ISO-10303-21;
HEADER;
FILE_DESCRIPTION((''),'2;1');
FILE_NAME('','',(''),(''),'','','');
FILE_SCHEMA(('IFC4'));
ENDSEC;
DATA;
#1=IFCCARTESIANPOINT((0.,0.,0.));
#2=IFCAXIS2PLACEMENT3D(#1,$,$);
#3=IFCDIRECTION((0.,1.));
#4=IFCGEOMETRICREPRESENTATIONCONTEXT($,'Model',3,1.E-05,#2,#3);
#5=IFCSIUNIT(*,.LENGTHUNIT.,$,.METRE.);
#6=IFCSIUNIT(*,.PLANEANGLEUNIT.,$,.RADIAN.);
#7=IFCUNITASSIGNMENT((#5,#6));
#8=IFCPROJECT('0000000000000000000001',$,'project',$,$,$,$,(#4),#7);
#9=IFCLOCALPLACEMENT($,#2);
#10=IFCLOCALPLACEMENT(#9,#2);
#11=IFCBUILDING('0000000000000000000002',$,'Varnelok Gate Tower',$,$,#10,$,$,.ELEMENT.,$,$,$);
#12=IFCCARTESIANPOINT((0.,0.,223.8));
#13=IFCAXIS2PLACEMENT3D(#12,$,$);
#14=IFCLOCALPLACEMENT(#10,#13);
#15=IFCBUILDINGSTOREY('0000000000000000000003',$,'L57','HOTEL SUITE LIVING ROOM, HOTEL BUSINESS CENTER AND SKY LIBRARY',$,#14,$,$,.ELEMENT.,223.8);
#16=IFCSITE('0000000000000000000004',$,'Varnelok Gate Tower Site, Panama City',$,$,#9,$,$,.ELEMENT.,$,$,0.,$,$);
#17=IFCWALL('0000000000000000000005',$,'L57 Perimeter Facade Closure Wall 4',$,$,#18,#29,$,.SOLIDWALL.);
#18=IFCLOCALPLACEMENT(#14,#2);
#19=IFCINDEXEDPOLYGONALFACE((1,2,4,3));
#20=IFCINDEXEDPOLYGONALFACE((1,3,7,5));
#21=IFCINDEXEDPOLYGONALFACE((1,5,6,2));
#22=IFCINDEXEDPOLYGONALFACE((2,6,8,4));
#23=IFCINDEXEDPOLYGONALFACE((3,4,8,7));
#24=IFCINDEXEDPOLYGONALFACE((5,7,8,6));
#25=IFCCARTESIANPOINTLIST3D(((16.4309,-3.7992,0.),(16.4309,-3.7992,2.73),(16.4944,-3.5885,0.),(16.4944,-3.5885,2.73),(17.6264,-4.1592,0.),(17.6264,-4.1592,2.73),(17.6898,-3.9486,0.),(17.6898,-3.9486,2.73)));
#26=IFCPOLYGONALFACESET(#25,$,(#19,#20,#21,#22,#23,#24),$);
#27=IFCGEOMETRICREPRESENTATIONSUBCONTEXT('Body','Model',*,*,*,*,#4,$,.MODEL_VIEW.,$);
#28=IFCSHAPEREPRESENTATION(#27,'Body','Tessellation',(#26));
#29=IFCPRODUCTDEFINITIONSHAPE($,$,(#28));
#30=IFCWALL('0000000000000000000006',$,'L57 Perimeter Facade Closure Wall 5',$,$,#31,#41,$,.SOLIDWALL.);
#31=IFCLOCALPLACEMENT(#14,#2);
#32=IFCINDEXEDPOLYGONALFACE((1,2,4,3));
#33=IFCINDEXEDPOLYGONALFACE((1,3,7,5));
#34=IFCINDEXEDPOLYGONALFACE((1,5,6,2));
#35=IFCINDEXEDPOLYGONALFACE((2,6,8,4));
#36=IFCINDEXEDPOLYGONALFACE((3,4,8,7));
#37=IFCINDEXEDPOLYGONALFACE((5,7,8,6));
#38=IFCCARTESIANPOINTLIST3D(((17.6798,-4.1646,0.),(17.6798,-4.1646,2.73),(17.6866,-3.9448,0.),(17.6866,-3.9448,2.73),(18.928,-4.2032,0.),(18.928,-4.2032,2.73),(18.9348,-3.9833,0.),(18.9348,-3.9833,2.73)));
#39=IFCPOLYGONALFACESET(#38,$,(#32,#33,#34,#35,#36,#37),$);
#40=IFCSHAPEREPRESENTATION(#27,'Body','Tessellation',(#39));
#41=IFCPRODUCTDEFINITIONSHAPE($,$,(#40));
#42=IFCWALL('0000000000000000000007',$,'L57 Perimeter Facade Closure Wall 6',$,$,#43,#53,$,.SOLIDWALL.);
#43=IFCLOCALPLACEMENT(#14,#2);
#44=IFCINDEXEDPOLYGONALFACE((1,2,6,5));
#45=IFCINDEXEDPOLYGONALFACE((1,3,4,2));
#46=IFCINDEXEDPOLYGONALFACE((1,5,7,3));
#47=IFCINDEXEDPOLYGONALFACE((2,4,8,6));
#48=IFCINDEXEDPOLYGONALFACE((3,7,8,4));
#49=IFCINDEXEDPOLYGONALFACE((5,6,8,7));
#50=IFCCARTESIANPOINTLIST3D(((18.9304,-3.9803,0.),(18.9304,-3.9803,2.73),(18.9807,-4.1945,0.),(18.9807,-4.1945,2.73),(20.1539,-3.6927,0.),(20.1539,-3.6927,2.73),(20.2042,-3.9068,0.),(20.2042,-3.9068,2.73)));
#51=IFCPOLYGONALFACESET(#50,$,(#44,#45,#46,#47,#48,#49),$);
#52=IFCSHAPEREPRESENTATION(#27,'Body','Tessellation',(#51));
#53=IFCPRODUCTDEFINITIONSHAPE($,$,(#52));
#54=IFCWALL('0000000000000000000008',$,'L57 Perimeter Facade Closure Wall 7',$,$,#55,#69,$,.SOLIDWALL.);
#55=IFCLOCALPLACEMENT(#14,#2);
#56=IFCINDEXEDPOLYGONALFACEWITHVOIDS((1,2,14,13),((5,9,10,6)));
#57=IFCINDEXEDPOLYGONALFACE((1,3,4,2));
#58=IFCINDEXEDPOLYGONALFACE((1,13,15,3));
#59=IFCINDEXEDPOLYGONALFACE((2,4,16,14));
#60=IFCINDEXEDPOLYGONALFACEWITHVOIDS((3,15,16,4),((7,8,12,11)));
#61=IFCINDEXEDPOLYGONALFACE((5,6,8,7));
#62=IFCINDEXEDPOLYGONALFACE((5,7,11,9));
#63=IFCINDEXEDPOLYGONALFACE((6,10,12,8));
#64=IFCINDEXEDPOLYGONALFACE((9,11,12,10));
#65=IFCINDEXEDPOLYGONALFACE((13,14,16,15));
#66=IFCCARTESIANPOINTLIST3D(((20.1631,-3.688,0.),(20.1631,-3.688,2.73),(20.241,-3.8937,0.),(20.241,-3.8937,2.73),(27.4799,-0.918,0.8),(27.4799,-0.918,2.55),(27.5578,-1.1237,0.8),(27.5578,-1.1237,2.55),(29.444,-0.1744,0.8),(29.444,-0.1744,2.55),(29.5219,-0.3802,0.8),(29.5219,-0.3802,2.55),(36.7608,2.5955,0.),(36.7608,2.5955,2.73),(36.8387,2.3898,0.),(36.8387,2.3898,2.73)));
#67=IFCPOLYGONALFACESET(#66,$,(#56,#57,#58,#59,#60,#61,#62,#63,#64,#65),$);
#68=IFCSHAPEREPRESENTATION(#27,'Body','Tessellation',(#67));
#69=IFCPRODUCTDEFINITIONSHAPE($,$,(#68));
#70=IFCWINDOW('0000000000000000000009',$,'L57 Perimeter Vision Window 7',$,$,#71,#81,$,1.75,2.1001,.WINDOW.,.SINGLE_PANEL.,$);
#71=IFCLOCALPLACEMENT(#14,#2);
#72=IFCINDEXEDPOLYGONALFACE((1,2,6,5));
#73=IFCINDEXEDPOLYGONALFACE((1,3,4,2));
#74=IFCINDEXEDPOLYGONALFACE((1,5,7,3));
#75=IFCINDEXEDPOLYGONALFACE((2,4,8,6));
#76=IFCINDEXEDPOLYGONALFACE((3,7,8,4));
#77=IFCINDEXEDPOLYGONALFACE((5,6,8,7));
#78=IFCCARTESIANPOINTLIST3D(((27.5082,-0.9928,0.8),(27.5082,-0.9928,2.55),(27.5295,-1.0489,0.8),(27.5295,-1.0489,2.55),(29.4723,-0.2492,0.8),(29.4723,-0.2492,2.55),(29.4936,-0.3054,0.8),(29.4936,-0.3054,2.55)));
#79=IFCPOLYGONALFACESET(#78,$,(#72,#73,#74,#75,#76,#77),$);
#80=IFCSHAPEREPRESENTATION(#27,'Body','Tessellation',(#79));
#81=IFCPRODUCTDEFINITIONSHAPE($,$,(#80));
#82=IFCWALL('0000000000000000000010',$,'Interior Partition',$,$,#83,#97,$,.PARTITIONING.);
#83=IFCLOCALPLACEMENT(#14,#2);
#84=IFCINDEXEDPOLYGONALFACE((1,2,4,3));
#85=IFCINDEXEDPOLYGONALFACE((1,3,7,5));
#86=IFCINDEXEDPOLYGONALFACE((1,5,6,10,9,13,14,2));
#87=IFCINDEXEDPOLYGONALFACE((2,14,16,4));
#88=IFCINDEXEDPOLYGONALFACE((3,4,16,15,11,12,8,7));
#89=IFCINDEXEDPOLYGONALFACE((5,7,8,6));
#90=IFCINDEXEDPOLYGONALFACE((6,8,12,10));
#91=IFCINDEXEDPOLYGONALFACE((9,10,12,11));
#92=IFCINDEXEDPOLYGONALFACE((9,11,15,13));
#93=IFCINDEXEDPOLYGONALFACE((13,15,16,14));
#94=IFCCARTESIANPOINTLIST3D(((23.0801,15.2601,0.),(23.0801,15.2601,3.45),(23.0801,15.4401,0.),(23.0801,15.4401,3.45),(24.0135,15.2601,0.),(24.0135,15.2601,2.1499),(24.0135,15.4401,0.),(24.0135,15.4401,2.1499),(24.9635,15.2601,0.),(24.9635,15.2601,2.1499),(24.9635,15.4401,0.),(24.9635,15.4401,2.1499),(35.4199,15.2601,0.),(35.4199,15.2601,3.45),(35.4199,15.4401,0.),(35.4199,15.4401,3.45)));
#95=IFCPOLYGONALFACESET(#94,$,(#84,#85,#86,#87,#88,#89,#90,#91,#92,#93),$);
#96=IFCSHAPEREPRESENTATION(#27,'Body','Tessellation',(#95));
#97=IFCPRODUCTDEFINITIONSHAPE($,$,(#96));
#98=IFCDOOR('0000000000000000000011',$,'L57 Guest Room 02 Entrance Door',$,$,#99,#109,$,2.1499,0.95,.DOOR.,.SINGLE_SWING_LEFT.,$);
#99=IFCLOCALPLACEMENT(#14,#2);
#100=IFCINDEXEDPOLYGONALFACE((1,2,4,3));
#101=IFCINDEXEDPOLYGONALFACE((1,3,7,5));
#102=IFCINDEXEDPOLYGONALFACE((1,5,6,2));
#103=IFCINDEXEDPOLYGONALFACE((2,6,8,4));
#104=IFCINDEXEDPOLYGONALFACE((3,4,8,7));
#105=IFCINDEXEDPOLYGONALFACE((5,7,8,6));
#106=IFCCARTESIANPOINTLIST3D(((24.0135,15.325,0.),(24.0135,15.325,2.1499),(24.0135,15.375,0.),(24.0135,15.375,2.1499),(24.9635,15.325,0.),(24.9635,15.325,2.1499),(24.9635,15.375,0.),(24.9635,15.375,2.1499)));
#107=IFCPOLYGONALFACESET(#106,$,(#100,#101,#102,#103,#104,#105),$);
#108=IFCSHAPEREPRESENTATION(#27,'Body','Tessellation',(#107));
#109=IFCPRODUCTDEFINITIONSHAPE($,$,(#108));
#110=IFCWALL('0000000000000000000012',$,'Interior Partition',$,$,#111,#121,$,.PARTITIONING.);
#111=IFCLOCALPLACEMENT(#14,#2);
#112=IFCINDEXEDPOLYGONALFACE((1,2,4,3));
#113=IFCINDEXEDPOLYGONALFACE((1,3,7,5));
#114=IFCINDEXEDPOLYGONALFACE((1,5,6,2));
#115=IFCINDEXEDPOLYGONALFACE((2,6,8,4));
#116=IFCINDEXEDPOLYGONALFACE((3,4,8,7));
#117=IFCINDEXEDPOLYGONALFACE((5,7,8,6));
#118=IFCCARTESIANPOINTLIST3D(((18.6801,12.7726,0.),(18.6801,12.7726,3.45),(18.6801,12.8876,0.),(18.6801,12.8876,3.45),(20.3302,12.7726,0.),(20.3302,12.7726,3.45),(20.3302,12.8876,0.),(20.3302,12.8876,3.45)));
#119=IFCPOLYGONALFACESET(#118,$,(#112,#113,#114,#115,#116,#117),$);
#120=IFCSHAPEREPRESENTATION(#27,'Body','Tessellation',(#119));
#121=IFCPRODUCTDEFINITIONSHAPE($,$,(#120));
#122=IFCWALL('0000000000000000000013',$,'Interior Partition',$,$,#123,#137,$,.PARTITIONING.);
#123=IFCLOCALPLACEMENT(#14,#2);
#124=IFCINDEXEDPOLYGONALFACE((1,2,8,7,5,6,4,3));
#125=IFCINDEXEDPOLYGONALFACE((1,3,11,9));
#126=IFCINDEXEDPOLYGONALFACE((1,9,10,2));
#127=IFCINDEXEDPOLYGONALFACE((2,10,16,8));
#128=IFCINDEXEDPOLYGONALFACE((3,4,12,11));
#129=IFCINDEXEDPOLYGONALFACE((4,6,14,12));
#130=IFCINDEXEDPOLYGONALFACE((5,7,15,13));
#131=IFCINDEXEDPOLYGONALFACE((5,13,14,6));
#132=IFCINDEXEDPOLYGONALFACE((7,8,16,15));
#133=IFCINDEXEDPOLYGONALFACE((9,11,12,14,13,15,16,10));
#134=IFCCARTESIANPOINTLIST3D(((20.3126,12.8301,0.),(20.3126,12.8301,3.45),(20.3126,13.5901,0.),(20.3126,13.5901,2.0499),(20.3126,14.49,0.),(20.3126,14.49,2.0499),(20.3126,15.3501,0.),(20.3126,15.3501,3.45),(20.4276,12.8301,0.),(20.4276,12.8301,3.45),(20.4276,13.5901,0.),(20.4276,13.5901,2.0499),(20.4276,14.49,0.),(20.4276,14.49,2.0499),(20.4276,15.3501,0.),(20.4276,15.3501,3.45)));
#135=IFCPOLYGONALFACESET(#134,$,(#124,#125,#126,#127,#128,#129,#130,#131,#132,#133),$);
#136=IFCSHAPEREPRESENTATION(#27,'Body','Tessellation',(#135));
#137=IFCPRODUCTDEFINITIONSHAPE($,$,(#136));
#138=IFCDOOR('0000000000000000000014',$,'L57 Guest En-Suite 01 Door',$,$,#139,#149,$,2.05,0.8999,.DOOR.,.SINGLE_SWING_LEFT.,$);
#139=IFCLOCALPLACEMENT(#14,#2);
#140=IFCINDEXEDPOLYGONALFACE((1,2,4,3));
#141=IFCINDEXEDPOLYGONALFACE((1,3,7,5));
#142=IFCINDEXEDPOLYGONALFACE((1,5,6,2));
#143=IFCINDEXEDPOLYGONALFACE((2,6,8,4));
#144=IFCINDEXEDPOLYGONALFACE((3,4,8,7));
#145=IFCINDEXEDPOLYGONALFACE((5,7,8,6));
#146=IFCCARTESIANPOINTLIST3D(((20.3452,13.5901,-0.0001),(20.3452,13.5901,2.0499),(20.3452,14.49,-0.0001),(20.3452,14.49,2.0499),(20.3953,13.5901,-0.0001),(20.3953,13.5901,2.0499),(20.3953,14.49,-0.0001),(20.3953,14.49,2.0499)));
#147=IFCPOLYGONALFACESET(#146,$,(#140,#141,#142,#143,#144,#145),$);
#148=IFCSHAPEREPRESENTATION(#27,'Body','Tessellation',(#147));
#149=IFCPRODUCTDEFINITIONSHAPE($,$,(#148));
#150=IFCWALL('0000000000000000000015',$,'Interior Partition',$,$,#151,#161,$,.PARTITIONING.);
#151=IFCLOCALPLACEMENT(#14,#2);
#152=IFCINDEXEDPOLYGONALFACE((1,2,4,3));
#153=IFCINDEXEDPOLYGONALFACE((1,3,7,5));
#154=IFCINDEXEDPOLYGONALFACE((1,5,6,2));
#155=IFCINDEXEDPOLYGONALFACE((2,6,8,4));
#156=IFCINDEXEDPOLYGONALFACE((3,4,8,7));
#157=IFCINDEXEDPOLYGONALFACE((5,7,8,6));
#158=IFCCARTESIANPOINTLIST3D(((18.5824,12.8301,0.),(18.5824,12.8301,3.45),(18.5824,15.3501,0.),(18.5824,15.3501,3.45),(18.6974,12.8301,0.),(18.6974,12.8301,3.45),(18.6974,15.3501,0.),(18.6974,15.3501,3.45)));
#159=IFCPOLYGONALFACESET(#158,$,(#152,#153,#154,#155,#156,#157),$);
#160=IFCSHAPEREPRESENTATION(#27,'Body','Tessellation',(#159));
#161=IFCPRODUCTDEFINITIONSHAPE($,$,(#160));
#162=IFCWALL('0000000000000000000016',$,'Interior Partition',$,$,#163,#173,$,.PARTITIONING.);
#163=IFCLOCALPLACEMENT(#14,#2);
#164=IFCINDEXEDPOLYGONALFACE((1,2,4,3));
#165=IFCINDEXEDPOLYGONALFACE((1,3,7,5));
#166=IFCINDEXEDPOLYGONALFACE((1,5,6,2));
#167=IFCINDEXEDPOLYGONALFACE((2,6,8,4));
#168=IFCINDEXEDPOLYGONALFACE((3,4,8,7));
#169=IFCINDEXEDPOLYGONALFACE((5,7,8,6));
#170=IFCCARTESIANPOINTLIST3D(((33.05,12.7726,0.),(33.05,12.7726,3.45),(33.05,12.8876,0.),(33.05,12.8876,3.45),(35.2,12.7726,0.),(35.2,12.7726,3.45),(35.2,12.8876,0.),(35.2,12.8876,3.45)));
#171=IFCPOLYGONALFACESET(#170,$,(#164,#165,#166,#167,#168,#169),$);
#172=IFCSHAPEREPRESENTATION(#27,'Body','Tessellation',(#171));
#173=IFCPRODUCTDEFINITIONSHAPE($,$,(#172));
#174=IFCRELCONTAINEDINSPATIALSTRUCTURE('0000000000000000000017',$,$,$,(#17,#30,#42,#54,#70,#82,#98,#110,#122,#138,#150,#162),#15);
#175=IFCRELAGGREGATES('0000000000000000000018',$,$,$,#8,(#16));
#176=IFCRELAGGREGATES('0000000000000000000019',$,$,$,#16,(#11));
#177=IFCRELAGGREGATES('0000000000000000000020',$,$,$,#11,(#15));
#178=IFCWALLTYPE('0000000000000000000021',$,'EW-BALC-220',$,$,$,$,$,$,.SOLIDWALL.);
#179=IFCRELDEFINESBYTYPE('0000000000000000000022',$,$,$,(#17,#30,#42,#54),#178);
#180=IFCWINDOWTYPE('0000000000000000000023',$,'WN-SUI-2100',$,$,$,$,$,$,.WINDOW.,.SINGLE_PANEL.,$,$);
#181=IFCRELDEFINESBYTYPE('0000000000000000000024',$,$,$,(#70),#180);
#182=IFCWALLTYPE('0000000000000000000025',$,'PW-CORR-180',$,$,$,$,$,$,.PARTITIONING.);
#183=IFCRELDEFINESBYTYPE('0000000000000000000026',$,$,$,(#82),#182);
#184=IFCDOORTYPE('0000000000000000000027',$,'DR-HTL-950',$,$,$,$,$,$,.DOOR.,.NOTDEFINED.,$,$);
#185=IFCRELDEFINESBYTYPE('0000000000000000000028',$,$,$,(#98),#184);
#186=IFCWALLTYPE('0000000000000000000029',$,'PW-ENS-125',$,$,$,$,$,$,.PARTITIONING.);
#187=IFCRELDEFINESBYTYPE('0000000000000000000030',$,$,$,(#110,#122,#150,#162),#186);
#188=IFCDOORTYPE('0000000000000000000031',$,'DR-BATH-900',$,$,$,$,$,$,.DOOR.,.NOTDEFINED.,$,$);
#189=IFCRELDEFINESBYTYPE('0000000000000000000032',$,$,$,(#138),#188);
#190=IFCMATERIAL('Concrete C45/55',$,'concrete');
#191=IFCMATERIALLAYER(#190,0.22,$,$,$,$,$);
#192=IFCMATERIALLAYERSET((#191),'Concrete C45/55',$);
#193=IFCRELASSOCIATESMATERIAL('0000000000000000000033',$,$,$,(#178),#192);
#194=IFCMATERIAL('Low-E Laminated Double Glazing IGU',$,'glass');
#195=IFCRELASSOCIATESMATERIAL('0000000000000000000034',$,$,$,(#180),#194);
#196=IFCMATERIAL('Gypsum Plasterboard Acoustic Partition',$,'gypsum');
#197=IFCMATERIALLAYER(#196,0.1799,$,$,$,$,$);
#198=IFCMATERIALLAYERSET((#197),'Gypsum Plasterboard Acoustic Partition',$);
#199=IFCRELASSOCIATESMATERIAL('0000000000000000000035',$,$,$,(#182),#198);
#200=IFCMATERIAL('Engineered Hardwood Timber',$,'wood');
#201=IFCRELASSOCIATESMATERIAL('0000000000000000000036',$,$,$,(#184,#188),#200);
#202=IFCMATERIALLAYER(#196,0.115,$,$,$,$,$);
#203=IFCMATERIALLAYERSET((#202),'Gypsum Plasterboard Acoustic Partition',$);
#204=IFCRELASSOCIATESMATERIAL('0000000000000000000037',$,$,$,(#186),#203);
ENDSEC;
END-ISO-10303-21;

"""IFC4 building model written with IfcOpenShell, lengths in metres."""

from ifc_helpers import new_model, si_unit, direction, frame, frame_2d, origin, place, context, subcontext, project, spatial, rectangle, extrude, material, layer, layer_set, type_object, element, fill, save


model = new_model("IFC4")

# Units and contexts
model_context = context("Model", 3, precision=1e-05, world=origin(), true_north=direction((0.0, 1.0)))
body_context = subcontext(model_context, "Body", "Model", "MODEL_VIEW")
ifc_project = project(units=[si_unit("LENGTHUNIT", "METRE"), si_unit("PLANEANGLEUNIT", "RADIAN")], contexts=[model_context])

# Site, building, storey
site_placement = place(None, origin())
site = spatial("IfcSite", under=ifc_project, at=site_placement, Name="Varnelok Gate Tower Site, Panama City", CompositionType="ELEMENT", RefElevation=0.0)
building_placement = place(site_placement, origin())
building = spatial("IfcBuilding", under=site, at=building_placement, Name="Varnelok Gate Tower", CompositionType="ELEMENT")
storey_placement = place(building_placement, frame((0.0, 0.0, 223.8)))
storey = spatial("IfcBuildingStorey", under=building, at=storey_placement, Name="L57", Description="HOTEL SUITE LIVING ROOM, HOTEL BUSINESS CENTER AND SKY LIBRARY", CompositionType="ELEMENT", Elevation=223.8)

# Walls
ifc_material_1 = material(Name="Concrete C45/55", Category="concrete")
ifc_layer_1 = layer(ifc_material_1, 0.22)
ifc_layer_set_1 = layer_set([ifc_layer_1], Name="Concrete C45/55")
wall_type_1 = type_object("IfcWallType", Name="EW-BALC-220", PredefinedType="SOLIDWALL", material=ifc_layer_set_1)
wall_1_placement = place(storey_placement, frame((16.4626, -3.6938, 0.0), z_axis=(0.0, 0.0, 1.0), x_axis=(0.957508, -0.288406, 0.0)))
element("IfcWall", 1, at=wall_1_placement, inside=storey, type_object=wall_type_1, Name="L57 Perimeter Facade Closure Wall 4", PredefinedType="SOLIDWALL", context=body_context, shape_type="SweptSolid", body=[
    extrude(rectangle(XDim=1.2485, YDim=0.22, at=frame_2d((0.6243, 0.0))), origin(), (0.0, 0.0, 1.0), 2.73),
])
wall_2_placement = place(storey_placement, frame((17.6831, -4.0547, 0.0), z_axis=(0.0, 0.0, 1.0), x_axis=(0.999523, -0.030887, 0.0)))
element("IfcWall", 2, at=wall_2_placement, inside=storey, type_object=wall_type_1, Name="L57 Perimeter Facade Closure Wall 5", PredefinedType="SOLIDWALL", context=body_context, shape_type="SweptSolid", body=[
    extrude(rectangle(XDim=1.2488, YDim=0.22, at=frame_2d((0.6245, 0.0))), origin(), (0.0, 0.0, 1.0), 2.73),
])
wall_3_placement = place(storey_placement, frame((18.9556, -4.0874, 0.0), z_axis=(0.0, 0.0, 1.0), x_axis=(0.973463, 0.228844, 0.0)))
element("IfcWall", 3, at=wall_3_placement, inside=storey, type_object=wall_type_1, Name="L57 Perimeter Facade Closure Wall 6", PredefinedType="SOLIDWALL", context=body_context, shape_type="SweptSolid", body=[
    extrude(rectangle(XDim=1.2568, YDim=0.22, at=frame_2d((0.6284, 0.0))), origin(), (0.0, 0.0, 1.0), 2.73),
])

# Wall, opening, window
wall_4_placement = place(storey_placement, frame((20.2021, -3.7908, 0.0), z_axis=(0.0, 0.0, 1.0), x_axis=(0.935226, 0.354052, 0.0)))
wall_4 = element("IfcWall", 4, at=wall_4_placement, inside=storey, type_object=wall_type_1, Name="L57 Perimeter Facade Closure Wall 7", PredefinedType="SOLIDWALL", context=body_context, shape_type="SweptSolid", body=[
    extrude(rectangle(XDim=17.7473, YDim=0.22, at=frame_2d((8.8735, 0.0))), origin(), (0.0, 0.0, 1.0), 2.73),
])
opening_1_placement = place(wall_4_placement, frame((7.8235, 0.0, 0.8)))
opening_1 = element("IfcOpeningElement", 5, at=opening_1_placement, cuts=wall_4, PredefinedType="OPENING", context=body_context, shape_type="SweptSolid", body=[
    extrude(rectangle(XDim=2.1001, YDim=1.75, at=frame_2d((1.05, 0.875))), frame((0.0, 0.1199, 0.0), z_axis=(0.0, -1.0, 0.0), x_axis=(1.0, 0.0, 0.0)), (0.0, 0.0, 1.0), 0.24),
])
ifc_material_2 = material(Name="Low-E Laminated Double Glazing IGU", Category="glass")
window_type = type_object("IfcWindowType", Name="WN-SUI-2100", PartitioningType="SINGLE_PANEL", PredefinedType="WINDOW", material=ifc_material_2)
window_placement = place(opening_1_placement, origin())
window = element("IfcWindow", 6, at=window_placement, inside=storey, type_object=window_type, Name="L57 Perimeter Vision Window 7", OverallHeight=1.75, OverallWidth=2.1001, PartitioningType="SINGLE_PANEL", PredefinedType="WINDOW", context=body_context, shape_type="SweptSolid", body=[
    extrude(rectangle(XDim=2.1001, YDim=1.75, at=frame_2d((1.05, 0.875))), frame((0.0, 0.03, 0.0), z_axis=(0.0, -1.0, 0.0), x_axis=(1.0, 0.0, 0.0)), (0.0, 0.0, 1.0), 0.0601),
])
fill(opening_1, window)

# Wall, opening, door
ifc_material_3 = material(Name="Gypsum Plasterboard Acoustic Partition", Category="gypsum")
ifc_layer_2 = layer(ifc_material_3, 0.1799)
ifc_layer_set_2 = layer_set([ifc_layer_2], Name="Gypsum Plasterboard Acoustic Partition")
wall_type_2 = type_object("IfcWallType", Name="PW-CORR-180", PredefinedType="PARTITIONING", material=ifc_layer_set_2)
wall_5_placement = place(storey_placement, frame((23.0801, 15.3501, 0.0), z_axis=(0.0, 0.0, 1.0), x_axis=(1.0, 0.0, 0.0)))
wall_5 = element("IfcWall", 7, at=wall_5_placement, inside=storey, type_object=wall_type_2, Name="Interior Partition", PredefinedType="PARTITIONING", context=body_context, shape_type="SweptSolid", body=[
    extrude(rectangle(XDim=12.3398, YDim=0.1799, at=frame_2d((6.1699, 0.0))), origin(), (0.0, 0.0, 1.0), 3.45),
])
opening_2_placement = place(wall_5_placement, frame((0.9333, 0.0, 0.0)))
opening_2 = element("IfcOpeningElement", 8, at=opening_2_placement, cuts=wall_5, PredefinedType="OPENING", context=body_context, shape_type="SweptSolid", body=[
    extrude(rectangle(XDim=0.95, YDim=2.1499, at=frame_2d((0.4751, 1.075))), frame((0.0, 0.0999, 0.0), z_axis=(0.0, -1.0, 0.0), x_axis=(1.0, 0.0, 0.0)), (0.0, 0.0, 1.0), 0.2),
])
ifc_material_4 = material(Name="Engineered Hardwood Timber", Category="wood")
door_type_1 = type_object("IfcDoorType", Name="DR-HTL-950", OperationType="NOTDEFINED", PredefinedType="DOOR", material=ifc_material_4)
door_1_placement = place(opening_2_placement, origin())
door_1 = element("IfcDoor", 9, at=door_1_placement, inside=storey, type_object=door_type_1, Name="L57 Guest Room 02 Entrance Door", OperationType="SINGLE_SWING_LEFT", OverallHeight=2.1499, OverallWidth=0.95, PredefinedType="DOOR", context=body_context, shape_type="SweptSolid", body=[
    extrude(rectangle(XDim=0.95, YDim=2.1499, at=frame_2d((0.4751, 1.075))), frame((0.0, 0.0249, 0.0), z_axis=(0.0, -1.0, 0.0), x_axis=(1.0, 0.0, 0.0)), (0.0, 0.0, 1.0), 0.05),
])
fill(opening_2, door_1)

# Wall
ifc_layer_3 = layer(ifc_material_3, 0.115)
ifc_layer_set_3 = layer_set([ifc_layer_3], Name="Gypsum Plasterboard Acoustic Partition")
wall_type_3 = type_object("IfcWallType", Name="PW-ENS-125", PredefinedType="PARTITIONING", material=ifc_layer_set_3)
wall_6_placement = place(storey_placement, frame((18.6799, 12.8301, 0.0), z_axis=(0.0, 0.0, 1.0), x_axis=(1.0, 0.0, 0.0)))
element("IfcWall", 10, at=wall_6_placement, inside=storey, type_object=wall_type_3, Name="Interior Partition", PredefinedType="PARTITIONING", context=body_context, shape_type="SweptSolid", body=[
    extrude(rectangle(XDim=1.6501, YDim=0.115, at=frame_2d((0.8252, 0.0))), origin(), (0.0, 0.0, 1.0), 3.45),
])

# Wall, opening, door
wall_7_placement = place(storey_placement, frame((20.3701, 12.8301, 0.0), z_axis=(0.0, 0.0, 1.0), x_axis=(0.0, 1.0, 0.0)))
wall_7 = element("IfcWall", 11, at=wall_7_placement, inside=storey, type_object=wall_type_3, Name="Interior Partition", PredefinedType="PARTITIONING", context=body_context, shape_type="SweptSolid", body=[
    extrude(rectangle(XDim=2.52, YDim=0.115, at=frame_2d((1.26, 0.0))), origin(), (0.0, 0.0, 1.0), 3.45),
])
opening_3_placement = place(wall_7_placement, frame((0.76, 0.0, 0.0)))
opening_3 = element("IfcOpeningElement", 12, at=opening_3_placement, cuts=wall_7, PredefinedType="OPENING", context=body_context, shape_type="SweptSolid", body=[
    extrude(rectangle(XDim=0.8999, YDim=2.05, at=frame_2d((0.45, 1.0249))), frame((0.0, 0.0674, 0.0), z_axis=(0.0, -1.0, 0.0), x_axis=(1.0, 0.0, 0.0)), (0.0, 0.0, 1.0), 0.135),
])
door_type_2 = type_object("IfcDoorType", Name="DR-BATH-900", OperationType="NOTDEFINED", PredefinedType="DOOR", material=ifc_material_4)
door_2_placement = place(opening_3_placement, origin())
door_2 = element("IfcDoor", 13, at=door_2_placement, inside=storey, type_object=door_type_2, Name="L57 Guest En-Suite 01 Door", OperationType="SINGLE_SWING_LEFT", OverallHeight=2.05, OverallWidth=0.8999, PredefinedType="DOOR", context=body_context, shape_type="SweptSolid", body=[
    extrude(rectangle(XDim=0.8999, YDim=2.05, at=frame_2d((0.45, 1.0249))), frame((0.0, 0.0249, 0.0), z_axis=(0.0, -1.0, 0.0), x_axis=(1.0, 0.0, 0.0)), (0.0, 0.0, 1.0), 0.05),
])
fill(opening_3, door_2)

# Walls
wall_8_placement = place(storey_placement, frame((18.6399, 12.8301, 0.0), z_axis=(0.0, 0.0, 1.0), x_axis=(0.0, 1.0, 0.0)))
element("IfcWall", 14, at=wall_8_placement, inside=storey, type_object=wall_type_3, Name="Interior Partition", PredefinedType="PARTITIONING", context=body_context, shape_type="SweptSolid", body=[
    extrude(rectangle(XDim=2.52, YDim=0.115, at=frame_2d((1.26, 0.0))), origin(), (0.0, 0.0, 1.0), 3.45),
])
wall_9_placement = place(storey_placement, frame((33.05, 12.8301, 0.0), z_axis=(0.0, 0.0, 1.0), x_axis=(1.0, 0.0, 0.0)))
element("IfcWall", 15, at=wall_9_placement, inside=storey, type_object=wall_type_3, Name="Interior Partition", PredefinedType="PARTITIONING", context=body_context, shape_type="SweptSolid", body=[
    extrude(rectangle(XDim=2.1499, YDim=0.115, at=frame_2d((1.075, 0.0))), origin(), (0.0, 0.0, 1.0), 3.45),
])

save(model, "model.ifc")
